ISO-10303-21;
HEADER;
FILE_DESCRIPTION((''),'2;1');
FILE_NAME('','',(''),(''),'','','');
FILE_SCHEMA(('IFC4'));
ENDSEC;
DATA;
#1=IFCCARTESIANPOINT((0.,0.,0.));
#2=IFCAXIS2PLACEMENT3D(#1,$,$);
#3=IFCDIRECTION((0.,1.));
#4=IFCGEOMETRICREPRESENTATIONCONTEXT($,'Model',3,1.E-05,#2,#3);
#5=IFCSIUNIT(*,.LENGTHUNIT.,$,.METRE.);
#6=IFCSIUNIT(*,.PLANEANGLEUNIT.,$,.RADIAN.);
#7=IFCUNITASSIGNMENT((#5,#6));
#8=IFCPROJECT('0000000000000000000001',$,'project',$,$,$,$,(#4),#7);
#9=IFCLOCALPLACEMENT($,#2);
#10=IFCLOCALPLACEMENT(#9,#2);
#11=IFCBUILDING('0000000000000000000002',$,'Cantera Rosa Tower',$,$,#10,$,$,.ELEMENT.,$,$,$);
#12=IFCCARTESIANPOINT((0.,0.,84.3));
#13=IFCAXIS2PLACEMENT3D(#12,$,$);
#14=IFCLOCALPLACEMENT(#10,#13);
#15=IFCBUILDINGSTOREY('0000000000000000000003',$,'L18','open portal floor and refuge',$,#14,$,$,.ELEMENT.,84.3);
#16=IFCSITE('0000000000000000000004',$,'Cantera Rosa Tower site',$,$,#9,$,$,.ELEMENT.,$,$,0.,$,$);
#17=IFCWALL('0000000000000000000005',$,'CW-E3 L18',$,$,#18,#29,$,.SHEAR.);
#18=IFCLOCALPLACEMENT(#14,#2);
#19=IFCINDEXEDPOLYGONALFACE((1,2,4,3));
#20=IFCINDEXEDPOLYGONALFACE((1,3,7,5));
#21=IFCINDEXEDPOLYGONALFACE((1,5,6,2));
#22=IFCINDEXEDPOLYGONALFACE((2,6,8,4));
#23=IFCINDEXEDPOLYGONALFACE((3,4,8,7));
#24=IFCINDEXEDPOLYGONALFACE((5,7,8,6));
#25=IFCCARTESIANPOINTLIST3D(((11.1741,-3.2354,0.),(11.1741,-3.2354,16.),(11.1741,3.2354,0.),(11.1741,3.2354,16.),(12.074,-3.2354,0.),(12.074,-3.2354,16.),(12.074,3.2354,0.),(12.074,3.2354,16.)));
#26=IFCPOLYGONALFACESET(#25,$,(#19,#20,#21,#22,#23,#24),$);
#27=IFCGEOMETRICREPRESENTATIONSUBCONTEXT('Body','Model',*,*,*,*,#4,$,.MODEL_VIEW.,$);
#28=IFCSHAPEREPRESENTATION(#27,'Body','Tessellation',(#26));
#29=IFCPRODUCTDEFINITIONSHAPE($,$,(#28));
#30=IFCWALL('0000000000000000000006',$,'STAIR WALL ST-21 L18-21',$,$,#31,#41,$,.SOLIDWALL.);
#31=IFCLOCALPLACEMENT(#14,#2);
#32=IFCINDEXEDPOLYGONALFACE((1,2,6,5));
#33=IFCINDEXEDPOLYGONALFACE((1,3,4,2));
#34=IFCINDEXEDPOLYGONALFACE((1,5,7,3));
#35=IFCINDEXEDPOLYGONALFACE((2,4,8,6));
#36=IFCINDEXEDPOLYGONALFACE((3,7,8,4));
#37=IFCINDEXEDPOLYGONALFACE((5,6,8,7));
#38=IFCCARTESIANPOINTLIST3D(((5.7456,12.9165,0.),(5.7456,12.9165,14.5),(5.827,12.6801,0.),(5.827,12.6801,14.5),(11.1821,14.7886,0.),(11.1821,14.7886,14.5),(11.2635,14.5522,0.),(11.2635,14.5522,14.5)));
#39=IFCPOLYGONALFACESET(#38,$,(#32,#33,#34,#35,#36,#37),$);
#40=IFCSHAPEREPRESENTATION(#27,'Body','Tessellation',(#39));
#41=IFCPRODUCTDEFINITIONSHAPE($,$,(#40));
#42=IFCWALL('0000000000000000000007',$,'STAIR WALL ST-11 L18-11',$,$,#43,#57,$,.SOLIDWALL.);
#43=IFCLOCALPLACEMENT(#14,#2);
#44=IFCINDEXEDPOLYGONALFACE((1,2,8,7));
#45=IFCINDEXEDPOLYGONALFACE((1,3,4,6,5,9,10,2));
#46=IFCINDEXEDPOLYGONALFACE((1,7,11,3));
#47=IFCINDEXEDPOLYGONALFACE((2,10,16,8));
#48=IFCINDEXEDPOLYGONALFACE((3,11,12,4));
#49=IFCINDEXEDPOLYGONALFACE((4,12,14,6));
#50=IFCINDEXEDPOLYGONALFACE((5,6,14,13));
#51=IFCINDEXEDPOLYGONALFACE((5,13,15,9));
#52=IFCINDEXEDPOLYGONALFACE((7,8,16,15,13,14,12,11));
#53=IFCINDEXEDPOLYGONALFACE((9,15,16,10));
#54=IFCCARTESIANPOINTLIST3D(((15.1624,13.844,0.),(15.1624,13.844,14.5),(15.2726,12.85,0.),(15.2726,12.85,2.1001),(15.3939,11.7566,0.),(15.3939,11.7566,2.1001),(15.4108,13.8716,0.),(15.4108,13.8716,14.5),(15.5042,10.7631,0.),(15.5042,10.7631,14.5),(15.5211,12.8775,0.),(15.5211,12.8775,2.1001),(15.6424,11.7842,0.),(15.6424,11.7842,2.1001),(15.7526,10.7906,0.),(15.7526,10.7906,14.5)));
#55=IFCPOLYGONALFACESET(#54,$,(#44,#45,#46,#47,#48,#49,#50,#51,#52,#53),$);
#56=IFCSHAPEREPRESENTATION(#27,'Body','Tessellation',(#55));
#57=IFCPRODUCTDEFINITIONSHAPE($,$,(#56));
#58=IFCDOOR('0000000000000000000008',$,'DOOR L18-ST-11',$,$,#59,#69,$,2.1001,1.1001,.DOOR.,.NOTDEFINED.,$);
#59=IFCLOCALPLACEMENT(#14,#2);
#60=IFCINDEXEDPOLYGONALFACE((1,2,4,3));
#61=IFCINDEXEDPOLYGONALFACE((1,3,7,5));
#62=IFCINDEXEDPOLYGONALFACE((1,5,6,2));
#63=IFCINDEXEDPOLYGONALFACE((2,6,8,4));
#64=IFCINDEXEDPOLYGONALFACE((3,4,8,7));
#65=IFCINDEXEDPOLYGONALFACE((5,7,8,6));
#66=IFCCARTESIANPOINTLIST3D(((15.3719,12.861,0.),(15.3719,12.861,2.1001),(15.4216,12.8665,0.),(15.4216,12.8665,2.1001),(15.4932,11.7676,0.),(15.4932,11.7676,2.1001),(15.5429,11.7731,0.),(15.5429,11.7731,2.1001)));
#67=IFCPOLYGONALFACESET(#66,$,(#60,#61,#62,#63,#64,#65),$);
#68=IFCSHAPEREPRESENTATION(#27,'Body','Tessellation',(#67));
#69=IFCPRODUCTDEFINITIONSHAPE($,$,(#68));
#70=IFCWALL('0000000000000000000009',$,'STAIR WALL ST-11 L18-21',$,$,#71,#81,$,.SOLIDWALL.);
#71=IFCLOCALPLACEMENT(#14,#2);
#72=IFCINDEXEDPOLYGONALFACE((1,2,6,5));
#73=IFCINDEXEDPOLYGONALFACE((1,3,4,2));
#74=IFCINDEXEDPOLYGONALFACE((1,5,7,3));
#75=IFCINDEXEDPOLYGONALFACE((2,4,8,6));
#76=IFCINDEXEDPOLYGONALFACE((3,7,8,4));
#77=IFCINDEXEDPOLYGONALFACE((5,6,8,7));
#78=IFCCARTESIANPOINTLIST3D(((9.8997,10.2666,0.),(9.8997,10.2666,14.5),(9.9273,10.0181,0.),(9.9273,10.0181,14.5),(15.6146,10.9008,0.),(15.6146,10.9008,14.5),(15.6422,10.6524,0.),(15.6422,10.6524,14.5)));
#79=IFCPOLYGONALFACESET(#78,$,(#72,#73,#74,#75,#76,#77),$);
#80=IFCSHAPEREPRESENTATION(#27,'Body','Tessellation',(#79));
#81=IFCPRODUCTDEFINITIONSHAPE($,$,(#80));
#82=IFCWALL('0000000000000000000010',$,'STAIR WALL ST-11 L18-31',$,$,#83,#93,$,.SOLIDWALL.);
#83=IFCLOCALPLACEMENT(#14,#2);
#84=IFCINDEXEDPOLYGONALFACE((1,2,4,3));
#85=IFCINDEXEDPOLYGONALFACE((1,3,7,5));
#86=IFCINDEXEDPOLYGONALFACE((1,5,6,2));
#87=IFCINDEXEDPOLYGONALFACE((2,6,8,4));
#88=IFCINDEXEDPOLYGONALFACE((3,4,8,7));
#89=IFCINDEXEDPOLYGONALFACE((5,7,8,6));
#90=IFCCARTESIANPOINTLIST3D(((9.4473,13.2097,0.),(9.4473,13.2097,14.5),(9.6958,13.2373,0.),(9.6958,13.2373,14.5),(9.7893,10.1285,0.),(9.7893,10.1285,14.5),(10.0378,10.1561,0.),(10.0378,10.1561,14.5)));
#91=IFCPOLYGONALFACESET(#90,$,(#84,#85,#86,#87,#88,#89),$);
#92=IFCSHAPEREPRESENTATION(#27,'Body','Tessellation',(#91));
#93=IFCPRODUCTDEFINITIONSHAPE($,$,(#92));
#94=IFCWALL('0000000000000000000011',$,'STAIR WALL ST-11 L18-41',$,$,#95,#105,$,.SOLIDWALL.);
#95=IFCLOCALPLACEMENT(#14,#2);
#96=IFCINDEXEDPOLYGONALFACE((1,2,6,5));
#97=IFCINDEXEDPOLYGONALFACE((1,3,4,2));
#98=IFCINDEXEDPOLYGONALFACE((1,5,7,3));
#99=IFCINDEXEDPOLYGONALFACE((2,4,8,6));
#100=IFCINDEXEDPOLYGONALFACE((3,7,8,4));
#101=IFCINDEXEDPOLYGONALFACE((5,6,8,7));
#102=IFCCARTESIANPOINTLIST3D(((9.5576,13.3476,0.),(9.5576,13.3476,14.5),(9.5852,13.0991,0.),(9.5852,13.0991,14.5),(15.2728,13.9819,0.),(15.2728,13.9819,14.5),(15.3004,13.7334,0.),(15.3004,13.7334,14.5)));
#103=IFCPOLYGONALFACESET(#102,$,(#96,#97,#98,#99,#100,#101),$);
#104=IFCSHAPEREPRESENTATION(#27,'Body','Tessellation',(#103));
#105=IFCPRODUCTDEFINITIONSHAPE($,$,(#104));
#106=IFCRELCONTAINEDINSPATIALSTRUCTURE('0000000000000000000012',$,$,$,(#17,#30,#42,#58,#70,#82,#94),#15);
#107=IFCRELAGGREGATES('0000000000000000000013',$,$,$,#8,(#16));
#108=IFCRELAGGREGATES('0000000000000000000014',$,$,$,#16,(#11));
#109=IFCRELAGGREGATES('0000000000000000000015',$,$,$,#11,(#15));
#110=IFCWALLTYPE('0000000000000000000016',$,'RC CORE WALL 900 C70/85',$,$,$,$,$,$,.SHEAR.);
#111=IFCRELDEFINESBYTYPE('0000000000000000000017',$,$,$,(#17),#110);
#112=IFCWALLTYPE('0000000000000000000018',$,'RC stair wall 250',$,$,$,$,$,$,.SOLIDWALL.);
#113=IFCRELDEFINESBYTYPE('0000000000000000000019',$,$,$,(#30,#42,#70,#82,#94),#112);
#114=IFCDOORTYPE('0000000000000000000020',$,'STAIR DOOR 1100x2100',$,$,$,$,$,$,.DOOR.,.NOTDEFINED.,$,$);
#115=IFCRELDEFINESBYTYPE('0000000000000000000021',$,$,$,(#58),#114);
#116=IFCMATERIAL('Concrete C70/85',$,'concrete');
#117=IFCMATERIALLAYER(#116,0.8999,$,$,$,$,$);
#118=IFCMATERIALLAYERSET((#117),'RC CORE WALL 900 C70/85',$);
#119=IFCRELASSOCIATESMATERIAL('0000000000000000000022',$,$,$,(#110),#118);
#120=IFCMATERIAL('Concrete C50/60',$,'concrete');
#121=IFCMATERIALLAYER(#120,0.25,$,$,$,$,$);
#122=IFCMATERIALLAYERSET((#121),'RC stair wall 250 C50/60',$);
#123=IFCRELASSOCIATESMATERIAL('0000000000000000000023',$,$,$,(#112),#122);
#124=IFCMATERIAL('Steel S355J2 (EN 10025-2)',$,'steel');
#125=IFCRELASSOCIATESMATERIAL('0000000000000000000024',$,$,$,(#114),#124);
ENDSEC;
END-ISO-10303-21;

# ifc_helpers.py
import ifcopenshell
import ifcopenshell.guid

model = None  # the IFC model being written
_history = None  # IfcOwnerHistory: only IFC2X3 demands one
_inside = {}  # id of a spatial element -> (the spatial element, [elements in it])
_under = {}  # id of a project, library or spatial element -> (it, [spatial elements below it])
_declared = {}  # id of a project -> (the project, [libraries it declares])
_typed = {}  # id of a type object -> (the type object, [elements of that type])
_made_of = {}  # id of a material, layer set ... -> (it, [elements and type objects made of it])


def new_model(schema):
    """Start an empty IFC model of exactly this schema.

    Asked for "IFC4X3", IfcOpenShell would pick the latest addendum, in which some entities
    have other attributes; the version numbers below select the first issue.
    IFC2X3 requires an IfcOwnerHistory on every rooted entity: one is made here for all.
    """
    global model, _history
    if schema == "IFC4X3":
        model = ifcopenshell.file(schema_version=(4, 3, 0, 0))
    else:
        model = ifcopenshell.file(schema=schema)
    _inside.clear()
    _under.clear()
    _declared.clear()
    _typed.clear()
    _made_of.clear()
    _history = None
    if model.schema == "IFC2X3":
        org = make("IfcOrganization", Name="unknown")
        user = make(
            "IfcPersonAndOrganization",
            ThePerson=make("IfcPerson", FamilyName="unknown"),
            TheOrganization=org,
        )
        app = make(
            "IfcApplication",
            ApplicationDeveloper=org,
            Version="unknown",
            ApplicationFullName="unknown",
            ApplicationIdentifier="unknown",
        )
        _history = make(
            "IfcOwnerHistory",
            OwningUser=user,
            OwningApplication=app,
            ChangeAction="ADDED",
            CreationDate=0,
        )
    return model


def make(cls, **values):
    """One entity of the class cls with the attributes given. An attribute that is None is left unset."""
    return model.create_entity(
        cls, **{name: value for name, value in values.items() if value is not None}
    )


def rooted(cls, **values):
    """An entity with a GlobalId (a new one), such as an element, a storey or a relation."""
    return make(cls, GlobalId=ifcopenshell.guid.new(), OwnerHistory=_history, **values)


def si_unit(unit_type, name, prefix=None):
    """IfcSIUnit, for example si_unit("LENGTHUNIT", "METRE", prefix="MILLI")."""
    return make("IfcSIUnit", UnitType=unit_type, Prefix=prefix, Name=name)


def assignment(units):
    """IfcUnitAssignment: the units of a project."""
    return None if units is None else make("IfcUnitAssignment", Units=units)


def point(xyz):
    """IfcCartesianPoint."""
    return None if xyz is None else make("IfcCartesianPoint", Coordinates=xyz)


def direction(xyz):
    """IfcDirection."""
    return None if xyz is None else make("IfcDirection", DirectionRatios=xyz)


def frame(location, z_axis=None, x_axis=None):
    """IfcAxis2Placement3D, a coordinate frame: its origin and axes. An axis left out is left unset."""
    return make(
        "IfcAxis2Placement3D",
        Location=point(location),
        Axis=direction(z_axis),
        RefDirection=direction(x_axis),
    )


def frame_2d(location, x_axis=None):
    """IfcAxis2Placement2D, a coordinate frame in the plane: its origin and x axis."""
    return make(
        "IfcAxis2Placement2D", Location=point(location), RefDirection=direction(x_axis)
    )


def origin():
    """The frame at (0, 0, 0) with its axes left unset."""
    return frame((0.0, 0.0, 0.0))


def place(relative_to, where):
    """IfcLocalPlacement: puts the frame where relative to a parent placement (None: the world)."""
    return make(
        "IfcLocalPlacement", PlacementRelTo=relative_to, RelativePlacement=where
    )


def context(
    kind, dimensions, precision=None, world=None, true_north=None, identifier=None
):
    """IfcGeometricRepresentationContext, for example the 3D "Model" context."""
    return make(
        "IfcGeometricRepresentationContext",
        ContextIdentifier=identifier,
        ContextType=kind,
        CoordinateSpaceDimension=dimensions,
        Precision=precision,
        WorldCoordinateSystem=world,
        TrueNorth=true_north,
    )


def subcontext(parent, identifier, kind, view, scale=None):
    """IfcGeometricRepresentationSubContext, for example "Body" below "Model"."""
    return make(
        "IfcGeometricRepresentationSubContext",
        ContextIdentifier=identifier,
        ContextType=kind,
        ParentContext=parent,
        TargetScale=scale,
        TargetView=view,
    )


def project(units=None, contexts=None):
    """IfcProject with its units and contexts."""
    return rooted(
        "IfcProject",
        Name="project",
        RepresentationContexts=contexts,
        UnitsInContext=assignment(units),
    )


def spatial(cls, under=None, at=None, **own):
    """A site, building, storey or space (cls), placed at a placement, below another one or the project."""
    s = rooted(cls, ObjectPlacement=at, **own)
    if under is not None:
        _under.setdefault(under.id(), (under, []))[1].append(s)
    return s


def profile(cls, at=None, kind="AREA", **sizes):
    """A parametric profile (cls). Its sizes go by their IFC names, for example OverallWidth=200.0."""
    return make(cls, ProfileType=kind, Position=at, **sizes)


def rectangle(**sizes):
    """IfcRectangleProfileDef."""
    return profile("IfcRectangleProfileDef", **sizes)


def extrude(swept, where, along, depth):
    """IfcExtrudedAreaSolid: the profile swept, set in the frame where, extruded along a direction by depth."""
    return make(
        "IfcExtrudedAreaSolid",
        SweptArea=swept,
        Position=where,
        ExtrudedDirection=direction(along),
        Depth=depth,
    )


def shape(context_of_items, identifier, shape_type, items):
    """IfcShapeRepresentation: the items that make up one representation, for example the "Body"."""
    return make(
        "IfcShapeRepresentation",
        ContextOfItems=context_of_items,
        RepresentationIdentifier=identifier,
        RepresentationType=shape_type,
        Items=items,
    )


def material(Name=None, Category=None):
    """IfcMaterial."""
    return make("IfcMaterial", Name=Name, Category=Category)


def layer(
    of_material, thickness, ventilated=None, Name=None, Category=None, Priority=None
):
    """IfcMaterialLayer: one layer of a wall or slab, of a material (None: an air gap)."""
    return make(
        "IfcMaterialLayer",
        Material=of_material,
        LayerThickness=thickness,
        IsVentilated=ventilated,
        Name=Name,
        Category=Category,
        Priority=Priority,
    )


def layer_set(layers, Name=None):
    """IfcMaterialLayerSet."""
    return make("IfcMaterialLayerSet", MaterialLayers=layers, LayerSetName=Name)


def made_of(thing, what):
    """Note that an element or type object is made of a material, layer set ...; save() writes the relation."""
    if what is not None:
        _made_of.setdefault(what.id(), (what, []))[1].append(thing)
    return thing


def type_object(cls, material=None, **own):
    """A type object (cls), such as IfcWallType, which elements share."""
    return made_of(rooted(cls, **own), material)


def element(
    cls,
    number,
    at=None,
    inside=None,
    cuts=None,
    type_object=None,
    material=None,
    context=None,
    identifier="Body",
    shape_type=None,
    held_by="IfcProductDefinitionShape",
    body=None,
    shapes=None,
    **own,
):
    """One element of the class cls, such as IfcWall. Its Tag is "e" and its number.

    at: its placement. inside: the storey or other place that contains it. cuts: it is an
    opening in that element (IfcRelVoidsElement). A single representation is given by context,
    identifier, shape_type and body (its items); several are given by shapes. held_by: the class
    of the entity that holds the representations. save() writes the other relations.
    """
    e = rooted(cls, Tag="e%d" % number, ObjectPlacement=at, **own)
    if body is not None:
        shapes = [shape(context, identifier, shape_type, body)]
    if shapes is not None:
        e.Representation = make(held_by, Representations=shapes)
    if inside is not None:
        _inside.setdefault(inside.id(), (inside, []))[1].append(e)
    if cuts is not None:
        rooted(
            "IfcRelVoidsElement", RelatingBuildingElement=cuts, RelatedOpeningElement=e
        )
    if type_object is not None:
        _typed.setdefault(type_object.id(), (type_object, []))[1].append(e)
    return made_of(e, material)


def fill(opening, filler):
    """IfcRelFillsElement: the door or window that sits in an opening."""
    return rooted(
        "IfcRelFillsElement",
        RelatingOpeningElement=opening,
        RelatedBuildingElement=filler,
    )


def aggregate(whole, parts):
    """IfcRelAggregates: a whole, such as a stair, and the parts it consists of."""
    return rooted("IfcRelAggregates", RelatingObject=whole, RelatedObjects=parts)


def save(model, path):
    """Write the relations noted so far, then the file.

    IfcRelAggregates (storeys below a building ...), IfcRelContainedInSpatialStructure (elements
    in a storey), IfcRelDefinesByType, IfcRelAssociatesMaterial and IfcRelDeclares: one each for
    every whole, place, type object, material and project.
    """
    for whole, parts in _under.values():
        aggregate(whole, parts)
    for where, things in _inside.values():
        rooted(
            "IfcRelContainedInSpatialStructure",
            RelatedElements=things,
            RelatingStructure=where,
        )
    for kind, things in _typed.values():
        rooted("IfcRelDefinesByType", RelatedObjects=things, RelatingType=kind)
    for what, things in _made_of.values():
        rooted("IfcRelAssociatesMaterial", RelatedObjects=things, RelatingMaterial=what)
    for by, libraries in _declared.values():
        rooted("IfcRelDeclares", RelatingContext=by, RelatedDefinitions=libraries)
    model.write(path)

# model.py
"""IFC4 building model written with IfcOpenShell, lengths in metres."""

from ifc_helpers import new_model, si_unit, direction, frame, frame_2d, origin, place, context, subcontext, project, spatial, rectangle, extrude, material, layer, layer_set, type_object, element, fill, save


model = new_model("IFC4")

# Units and contexts
model_context = context("Model", 3, precision=1e-05, world=origin(), true_north=direction((0.0, 1.0)))
body_context = subcontext(model_context, "Body", "Model", "MODEL_VIEW")
ifc_project = project(units=[si_unit("LENGTHUNIT", "METRE"), si_unit("PLANEANGLEUNIT", "RADIAN")], contexts=[model_context])

# Site, building, storey
site_placement = place(None, origin())
site = spatial("IfcSite", under=ifc_project, at=site_placement, Name="Cantera Rosa Tower site", CompositionType="ELEMENT", RefElevation=0.0)
building_placement = place(site_placement, origin())
building = spatial("IfcBuilding", under=site, at=building_placement, Name="Cantera Rosa Tower", CompositionType="ELEMENT")
storey_placement = place(building_placement, frame((0.0, 0.0, 84.3)))
storey = spatial("IfcBuildingStorey", under=building, at=storey_placement, Name="L18", Description="open portal floor and refuge", CompositionType="ELEMENT", Elevation=84.3)

# Walls
ifc_material_1 = material(Name="Concrete C70/85", Category="concrete")
ifc_layer_1 = layer(ifc_material_1, 0.8999)
ifc_layer_set_1 = layer_set([ifc_layer_1], Name="RC CORE WALL 900 C70/85")
wall_type_1 = type_object("IfcWallType", Name="RC CORE WALL 900 C70/85", PredefinedType="SHEAR", material=ifc_layer_set_1)
wall_1_placement = place(storey_placement, frame((11.624, 3.2354, 0.0), z_axis=(0.0, 0.0, 1.0), x_axis=(0.0, -1.0, 0.0)))
element("IfcWall", 1, at=wall_1_placement, inside=storey, type_object=wall_type_1, Name="CW-E3 L18", PredefinedType="SHEAR", context=body_context, shape_type="SweptSolid", body=[
    extrude(rectangle(XDim=6.4707, YDim=0.8999, at=frame_2d((3.2354, 0.0))), origin(), (0.0, 0.0, 1.0), 16.0),
])
ifc_material_2 = material(Name="Concrete C50/60", Category="concrete")
ifc_layer_2 = layer(ifc_material_2, 0.25)
ifc_layer_set_2 = layer_set([ifc_layer_2], Name="RC stair wall 250 C50/60")
wall_type_2 = type_object("IfcWallType", Name="RC stair wall 250", PredefinedType="SOLIDWALL", material=ifc_layer_set_2)
wall_2_placement = place(storey_placement, frame((11.2229, 14.6704, 0.0), z_axis=(0.0, 0.0, 1.0), x_axis=(-0.945512, -0.325588, 0.0)))
element("IfcWall", 2, at=wall_2_placement, inside=storey, type_object=wall_type_2, Name="STAIR WALL ST-21 L18-21", PredefinedType="SOLIDWALL", context=body_context, shape_type="SweptSolid", body=[
    extrude(rectangle(XDim=5.7498, YDim=0.25, at=frame_2d((2.875, 0.0))), origin(), (0.0, 0.0, 1.0), 14.5),
])

# Wall, opening, door
wall_3_placement = place(storey_placement, frame((15.2866, 13.8577, 0.0), z_axis=(0.0, 0.0, 1.0), x_axis=(0.110259, -0.993903, 0.0)))
wall_3 = element("IfcWall", 3, at=wall_3_placement, inside=storey, type_object=wall_type_2, Name="STAIR WALL ST-11 L18-11", PredefinedType="SOLIDWALL", context=body_context, shape_type="SweptSolid", body=[
    extrude(rectangle(XDim=3.0999, YDim=0.25, at=frame_2d((1.5498, 0.0))), origin(), (0.0, 0.0, 1.0), 14.5),
])
opening_placement = place(wall_3_placement, frame((1.0, 0.0, 0.0)))
opening = element("IfcOpeningElement", 4, at=opening_placement, cuts=wall_3, PredefinedType="OPENING", context=body_context, shape_type="SweptSolid", body=[
    extrude(rectangle(XDim=1.1001, YDim=2.1001, at=frame_2d((0.55, 1.05))), frame((0.0, 0.135, 0.0), z_axis=(0.0, -1.0, 0.0), x_axis=(1.0, 0.0, 0.0)), (0.0, 0.0, 1.0), 0.27),
])
ifc_material_3 = material(Name="Steel S355J2 (EN 10025-2)", Category="steel")
door_type = type_object("IfcDoorType", Name="STAIR DOOR 1100x2100", OperationType="NOTDEFINED", PredefinedType="DOOR", material=ifc_material_3)
door_placement = place(opening_placement, origin())
door = element("IfcDoor", 5, at=door_placement, inside=storey, type_object=door_type, Name="DOOR L18-ST-11", OperationType="NOTDEFINED", OverallHeight=2.1001, OverallWidth=1.1001, PredefinedType="DOOR", context=body_context, shape_type="SweptSolid", body=[
    extrude(rectangle(XDim=1.1001, YDim=2.1001, at=frame_2d((0.55, 1.05))), frame((0.0, 0.0249, 0.0), z_axis=(0.0, -1.0, 0.0), x_axis=(1.0, 0.0, 0.0)), (0.0, 0.0, 1.0), 0.05),
])
fill(opening, door)

# Walls
wall_4_placement = place(storey_placement, frame((15.6284, 10.7766, 0.0), z_axis=(0.0, 0.0, 1.0), x_axis=(-0.993897, -0.11031, 0.0)))
element("IfcWall", 6, at=wall_4_placement, inside=storey, type_object=wall_type_2, Name="STAIR WALL ST-11 L18-21", PredefinedType="SOLIDWALL", context=body_context, shape_type="SweptSolid", body=[
    extrude(rectangle(XDim=5.75, YDim=0.25, at=frame_2d((2.875, 0.0))), origin(), (0.0, 0.0, 1.0), 14.5),
])
wall_5_placement = place(storey_placement, frame((9.9136, 10.1423, 0.0), z_axis=(0.0, 0.0, 1.0), x_axis=(-0.110336, 0.993894, 0.0)))
element("IfcWall", 7, at=wall_5_placement, inside=storey, type_object=wall_type_2, Name="STAIR WALL ST-11 L18-31", PredefinedType="SOLIDWALL", context=body_context, shape_type="SweptSolid", body=[
    extrude(rectangle(XDim=3.1001, YDim=0.25, at=frame_2d((1.55, 0.0))), origin(), (0.0, 0.0, 1.0), 14.5),
])
wall_6_placement = place(storey_placement, frame((9.5715, 13.2234, 0.0), z_axis=(0.0, 0.0, 1.0), x_axis=(0.993898, 0.110306, 0.0)))
element("IfcWall", 8, at=wall_6_placement, inside=storey, type_object=wall_type_2, Name="STAIR WALL ST-11 L18-41", PredefinedType="SOLIDWALL", context=body_context, shape_type="SweptSolid", body=[
    extrude(rectangle(XDim=5.7502, YDim=0.25, at=frame_2d((2.875, 0.0))), origin(), (0.0, 0.0, 1.0), 14.5),
])

save(model, "model.ifc")
